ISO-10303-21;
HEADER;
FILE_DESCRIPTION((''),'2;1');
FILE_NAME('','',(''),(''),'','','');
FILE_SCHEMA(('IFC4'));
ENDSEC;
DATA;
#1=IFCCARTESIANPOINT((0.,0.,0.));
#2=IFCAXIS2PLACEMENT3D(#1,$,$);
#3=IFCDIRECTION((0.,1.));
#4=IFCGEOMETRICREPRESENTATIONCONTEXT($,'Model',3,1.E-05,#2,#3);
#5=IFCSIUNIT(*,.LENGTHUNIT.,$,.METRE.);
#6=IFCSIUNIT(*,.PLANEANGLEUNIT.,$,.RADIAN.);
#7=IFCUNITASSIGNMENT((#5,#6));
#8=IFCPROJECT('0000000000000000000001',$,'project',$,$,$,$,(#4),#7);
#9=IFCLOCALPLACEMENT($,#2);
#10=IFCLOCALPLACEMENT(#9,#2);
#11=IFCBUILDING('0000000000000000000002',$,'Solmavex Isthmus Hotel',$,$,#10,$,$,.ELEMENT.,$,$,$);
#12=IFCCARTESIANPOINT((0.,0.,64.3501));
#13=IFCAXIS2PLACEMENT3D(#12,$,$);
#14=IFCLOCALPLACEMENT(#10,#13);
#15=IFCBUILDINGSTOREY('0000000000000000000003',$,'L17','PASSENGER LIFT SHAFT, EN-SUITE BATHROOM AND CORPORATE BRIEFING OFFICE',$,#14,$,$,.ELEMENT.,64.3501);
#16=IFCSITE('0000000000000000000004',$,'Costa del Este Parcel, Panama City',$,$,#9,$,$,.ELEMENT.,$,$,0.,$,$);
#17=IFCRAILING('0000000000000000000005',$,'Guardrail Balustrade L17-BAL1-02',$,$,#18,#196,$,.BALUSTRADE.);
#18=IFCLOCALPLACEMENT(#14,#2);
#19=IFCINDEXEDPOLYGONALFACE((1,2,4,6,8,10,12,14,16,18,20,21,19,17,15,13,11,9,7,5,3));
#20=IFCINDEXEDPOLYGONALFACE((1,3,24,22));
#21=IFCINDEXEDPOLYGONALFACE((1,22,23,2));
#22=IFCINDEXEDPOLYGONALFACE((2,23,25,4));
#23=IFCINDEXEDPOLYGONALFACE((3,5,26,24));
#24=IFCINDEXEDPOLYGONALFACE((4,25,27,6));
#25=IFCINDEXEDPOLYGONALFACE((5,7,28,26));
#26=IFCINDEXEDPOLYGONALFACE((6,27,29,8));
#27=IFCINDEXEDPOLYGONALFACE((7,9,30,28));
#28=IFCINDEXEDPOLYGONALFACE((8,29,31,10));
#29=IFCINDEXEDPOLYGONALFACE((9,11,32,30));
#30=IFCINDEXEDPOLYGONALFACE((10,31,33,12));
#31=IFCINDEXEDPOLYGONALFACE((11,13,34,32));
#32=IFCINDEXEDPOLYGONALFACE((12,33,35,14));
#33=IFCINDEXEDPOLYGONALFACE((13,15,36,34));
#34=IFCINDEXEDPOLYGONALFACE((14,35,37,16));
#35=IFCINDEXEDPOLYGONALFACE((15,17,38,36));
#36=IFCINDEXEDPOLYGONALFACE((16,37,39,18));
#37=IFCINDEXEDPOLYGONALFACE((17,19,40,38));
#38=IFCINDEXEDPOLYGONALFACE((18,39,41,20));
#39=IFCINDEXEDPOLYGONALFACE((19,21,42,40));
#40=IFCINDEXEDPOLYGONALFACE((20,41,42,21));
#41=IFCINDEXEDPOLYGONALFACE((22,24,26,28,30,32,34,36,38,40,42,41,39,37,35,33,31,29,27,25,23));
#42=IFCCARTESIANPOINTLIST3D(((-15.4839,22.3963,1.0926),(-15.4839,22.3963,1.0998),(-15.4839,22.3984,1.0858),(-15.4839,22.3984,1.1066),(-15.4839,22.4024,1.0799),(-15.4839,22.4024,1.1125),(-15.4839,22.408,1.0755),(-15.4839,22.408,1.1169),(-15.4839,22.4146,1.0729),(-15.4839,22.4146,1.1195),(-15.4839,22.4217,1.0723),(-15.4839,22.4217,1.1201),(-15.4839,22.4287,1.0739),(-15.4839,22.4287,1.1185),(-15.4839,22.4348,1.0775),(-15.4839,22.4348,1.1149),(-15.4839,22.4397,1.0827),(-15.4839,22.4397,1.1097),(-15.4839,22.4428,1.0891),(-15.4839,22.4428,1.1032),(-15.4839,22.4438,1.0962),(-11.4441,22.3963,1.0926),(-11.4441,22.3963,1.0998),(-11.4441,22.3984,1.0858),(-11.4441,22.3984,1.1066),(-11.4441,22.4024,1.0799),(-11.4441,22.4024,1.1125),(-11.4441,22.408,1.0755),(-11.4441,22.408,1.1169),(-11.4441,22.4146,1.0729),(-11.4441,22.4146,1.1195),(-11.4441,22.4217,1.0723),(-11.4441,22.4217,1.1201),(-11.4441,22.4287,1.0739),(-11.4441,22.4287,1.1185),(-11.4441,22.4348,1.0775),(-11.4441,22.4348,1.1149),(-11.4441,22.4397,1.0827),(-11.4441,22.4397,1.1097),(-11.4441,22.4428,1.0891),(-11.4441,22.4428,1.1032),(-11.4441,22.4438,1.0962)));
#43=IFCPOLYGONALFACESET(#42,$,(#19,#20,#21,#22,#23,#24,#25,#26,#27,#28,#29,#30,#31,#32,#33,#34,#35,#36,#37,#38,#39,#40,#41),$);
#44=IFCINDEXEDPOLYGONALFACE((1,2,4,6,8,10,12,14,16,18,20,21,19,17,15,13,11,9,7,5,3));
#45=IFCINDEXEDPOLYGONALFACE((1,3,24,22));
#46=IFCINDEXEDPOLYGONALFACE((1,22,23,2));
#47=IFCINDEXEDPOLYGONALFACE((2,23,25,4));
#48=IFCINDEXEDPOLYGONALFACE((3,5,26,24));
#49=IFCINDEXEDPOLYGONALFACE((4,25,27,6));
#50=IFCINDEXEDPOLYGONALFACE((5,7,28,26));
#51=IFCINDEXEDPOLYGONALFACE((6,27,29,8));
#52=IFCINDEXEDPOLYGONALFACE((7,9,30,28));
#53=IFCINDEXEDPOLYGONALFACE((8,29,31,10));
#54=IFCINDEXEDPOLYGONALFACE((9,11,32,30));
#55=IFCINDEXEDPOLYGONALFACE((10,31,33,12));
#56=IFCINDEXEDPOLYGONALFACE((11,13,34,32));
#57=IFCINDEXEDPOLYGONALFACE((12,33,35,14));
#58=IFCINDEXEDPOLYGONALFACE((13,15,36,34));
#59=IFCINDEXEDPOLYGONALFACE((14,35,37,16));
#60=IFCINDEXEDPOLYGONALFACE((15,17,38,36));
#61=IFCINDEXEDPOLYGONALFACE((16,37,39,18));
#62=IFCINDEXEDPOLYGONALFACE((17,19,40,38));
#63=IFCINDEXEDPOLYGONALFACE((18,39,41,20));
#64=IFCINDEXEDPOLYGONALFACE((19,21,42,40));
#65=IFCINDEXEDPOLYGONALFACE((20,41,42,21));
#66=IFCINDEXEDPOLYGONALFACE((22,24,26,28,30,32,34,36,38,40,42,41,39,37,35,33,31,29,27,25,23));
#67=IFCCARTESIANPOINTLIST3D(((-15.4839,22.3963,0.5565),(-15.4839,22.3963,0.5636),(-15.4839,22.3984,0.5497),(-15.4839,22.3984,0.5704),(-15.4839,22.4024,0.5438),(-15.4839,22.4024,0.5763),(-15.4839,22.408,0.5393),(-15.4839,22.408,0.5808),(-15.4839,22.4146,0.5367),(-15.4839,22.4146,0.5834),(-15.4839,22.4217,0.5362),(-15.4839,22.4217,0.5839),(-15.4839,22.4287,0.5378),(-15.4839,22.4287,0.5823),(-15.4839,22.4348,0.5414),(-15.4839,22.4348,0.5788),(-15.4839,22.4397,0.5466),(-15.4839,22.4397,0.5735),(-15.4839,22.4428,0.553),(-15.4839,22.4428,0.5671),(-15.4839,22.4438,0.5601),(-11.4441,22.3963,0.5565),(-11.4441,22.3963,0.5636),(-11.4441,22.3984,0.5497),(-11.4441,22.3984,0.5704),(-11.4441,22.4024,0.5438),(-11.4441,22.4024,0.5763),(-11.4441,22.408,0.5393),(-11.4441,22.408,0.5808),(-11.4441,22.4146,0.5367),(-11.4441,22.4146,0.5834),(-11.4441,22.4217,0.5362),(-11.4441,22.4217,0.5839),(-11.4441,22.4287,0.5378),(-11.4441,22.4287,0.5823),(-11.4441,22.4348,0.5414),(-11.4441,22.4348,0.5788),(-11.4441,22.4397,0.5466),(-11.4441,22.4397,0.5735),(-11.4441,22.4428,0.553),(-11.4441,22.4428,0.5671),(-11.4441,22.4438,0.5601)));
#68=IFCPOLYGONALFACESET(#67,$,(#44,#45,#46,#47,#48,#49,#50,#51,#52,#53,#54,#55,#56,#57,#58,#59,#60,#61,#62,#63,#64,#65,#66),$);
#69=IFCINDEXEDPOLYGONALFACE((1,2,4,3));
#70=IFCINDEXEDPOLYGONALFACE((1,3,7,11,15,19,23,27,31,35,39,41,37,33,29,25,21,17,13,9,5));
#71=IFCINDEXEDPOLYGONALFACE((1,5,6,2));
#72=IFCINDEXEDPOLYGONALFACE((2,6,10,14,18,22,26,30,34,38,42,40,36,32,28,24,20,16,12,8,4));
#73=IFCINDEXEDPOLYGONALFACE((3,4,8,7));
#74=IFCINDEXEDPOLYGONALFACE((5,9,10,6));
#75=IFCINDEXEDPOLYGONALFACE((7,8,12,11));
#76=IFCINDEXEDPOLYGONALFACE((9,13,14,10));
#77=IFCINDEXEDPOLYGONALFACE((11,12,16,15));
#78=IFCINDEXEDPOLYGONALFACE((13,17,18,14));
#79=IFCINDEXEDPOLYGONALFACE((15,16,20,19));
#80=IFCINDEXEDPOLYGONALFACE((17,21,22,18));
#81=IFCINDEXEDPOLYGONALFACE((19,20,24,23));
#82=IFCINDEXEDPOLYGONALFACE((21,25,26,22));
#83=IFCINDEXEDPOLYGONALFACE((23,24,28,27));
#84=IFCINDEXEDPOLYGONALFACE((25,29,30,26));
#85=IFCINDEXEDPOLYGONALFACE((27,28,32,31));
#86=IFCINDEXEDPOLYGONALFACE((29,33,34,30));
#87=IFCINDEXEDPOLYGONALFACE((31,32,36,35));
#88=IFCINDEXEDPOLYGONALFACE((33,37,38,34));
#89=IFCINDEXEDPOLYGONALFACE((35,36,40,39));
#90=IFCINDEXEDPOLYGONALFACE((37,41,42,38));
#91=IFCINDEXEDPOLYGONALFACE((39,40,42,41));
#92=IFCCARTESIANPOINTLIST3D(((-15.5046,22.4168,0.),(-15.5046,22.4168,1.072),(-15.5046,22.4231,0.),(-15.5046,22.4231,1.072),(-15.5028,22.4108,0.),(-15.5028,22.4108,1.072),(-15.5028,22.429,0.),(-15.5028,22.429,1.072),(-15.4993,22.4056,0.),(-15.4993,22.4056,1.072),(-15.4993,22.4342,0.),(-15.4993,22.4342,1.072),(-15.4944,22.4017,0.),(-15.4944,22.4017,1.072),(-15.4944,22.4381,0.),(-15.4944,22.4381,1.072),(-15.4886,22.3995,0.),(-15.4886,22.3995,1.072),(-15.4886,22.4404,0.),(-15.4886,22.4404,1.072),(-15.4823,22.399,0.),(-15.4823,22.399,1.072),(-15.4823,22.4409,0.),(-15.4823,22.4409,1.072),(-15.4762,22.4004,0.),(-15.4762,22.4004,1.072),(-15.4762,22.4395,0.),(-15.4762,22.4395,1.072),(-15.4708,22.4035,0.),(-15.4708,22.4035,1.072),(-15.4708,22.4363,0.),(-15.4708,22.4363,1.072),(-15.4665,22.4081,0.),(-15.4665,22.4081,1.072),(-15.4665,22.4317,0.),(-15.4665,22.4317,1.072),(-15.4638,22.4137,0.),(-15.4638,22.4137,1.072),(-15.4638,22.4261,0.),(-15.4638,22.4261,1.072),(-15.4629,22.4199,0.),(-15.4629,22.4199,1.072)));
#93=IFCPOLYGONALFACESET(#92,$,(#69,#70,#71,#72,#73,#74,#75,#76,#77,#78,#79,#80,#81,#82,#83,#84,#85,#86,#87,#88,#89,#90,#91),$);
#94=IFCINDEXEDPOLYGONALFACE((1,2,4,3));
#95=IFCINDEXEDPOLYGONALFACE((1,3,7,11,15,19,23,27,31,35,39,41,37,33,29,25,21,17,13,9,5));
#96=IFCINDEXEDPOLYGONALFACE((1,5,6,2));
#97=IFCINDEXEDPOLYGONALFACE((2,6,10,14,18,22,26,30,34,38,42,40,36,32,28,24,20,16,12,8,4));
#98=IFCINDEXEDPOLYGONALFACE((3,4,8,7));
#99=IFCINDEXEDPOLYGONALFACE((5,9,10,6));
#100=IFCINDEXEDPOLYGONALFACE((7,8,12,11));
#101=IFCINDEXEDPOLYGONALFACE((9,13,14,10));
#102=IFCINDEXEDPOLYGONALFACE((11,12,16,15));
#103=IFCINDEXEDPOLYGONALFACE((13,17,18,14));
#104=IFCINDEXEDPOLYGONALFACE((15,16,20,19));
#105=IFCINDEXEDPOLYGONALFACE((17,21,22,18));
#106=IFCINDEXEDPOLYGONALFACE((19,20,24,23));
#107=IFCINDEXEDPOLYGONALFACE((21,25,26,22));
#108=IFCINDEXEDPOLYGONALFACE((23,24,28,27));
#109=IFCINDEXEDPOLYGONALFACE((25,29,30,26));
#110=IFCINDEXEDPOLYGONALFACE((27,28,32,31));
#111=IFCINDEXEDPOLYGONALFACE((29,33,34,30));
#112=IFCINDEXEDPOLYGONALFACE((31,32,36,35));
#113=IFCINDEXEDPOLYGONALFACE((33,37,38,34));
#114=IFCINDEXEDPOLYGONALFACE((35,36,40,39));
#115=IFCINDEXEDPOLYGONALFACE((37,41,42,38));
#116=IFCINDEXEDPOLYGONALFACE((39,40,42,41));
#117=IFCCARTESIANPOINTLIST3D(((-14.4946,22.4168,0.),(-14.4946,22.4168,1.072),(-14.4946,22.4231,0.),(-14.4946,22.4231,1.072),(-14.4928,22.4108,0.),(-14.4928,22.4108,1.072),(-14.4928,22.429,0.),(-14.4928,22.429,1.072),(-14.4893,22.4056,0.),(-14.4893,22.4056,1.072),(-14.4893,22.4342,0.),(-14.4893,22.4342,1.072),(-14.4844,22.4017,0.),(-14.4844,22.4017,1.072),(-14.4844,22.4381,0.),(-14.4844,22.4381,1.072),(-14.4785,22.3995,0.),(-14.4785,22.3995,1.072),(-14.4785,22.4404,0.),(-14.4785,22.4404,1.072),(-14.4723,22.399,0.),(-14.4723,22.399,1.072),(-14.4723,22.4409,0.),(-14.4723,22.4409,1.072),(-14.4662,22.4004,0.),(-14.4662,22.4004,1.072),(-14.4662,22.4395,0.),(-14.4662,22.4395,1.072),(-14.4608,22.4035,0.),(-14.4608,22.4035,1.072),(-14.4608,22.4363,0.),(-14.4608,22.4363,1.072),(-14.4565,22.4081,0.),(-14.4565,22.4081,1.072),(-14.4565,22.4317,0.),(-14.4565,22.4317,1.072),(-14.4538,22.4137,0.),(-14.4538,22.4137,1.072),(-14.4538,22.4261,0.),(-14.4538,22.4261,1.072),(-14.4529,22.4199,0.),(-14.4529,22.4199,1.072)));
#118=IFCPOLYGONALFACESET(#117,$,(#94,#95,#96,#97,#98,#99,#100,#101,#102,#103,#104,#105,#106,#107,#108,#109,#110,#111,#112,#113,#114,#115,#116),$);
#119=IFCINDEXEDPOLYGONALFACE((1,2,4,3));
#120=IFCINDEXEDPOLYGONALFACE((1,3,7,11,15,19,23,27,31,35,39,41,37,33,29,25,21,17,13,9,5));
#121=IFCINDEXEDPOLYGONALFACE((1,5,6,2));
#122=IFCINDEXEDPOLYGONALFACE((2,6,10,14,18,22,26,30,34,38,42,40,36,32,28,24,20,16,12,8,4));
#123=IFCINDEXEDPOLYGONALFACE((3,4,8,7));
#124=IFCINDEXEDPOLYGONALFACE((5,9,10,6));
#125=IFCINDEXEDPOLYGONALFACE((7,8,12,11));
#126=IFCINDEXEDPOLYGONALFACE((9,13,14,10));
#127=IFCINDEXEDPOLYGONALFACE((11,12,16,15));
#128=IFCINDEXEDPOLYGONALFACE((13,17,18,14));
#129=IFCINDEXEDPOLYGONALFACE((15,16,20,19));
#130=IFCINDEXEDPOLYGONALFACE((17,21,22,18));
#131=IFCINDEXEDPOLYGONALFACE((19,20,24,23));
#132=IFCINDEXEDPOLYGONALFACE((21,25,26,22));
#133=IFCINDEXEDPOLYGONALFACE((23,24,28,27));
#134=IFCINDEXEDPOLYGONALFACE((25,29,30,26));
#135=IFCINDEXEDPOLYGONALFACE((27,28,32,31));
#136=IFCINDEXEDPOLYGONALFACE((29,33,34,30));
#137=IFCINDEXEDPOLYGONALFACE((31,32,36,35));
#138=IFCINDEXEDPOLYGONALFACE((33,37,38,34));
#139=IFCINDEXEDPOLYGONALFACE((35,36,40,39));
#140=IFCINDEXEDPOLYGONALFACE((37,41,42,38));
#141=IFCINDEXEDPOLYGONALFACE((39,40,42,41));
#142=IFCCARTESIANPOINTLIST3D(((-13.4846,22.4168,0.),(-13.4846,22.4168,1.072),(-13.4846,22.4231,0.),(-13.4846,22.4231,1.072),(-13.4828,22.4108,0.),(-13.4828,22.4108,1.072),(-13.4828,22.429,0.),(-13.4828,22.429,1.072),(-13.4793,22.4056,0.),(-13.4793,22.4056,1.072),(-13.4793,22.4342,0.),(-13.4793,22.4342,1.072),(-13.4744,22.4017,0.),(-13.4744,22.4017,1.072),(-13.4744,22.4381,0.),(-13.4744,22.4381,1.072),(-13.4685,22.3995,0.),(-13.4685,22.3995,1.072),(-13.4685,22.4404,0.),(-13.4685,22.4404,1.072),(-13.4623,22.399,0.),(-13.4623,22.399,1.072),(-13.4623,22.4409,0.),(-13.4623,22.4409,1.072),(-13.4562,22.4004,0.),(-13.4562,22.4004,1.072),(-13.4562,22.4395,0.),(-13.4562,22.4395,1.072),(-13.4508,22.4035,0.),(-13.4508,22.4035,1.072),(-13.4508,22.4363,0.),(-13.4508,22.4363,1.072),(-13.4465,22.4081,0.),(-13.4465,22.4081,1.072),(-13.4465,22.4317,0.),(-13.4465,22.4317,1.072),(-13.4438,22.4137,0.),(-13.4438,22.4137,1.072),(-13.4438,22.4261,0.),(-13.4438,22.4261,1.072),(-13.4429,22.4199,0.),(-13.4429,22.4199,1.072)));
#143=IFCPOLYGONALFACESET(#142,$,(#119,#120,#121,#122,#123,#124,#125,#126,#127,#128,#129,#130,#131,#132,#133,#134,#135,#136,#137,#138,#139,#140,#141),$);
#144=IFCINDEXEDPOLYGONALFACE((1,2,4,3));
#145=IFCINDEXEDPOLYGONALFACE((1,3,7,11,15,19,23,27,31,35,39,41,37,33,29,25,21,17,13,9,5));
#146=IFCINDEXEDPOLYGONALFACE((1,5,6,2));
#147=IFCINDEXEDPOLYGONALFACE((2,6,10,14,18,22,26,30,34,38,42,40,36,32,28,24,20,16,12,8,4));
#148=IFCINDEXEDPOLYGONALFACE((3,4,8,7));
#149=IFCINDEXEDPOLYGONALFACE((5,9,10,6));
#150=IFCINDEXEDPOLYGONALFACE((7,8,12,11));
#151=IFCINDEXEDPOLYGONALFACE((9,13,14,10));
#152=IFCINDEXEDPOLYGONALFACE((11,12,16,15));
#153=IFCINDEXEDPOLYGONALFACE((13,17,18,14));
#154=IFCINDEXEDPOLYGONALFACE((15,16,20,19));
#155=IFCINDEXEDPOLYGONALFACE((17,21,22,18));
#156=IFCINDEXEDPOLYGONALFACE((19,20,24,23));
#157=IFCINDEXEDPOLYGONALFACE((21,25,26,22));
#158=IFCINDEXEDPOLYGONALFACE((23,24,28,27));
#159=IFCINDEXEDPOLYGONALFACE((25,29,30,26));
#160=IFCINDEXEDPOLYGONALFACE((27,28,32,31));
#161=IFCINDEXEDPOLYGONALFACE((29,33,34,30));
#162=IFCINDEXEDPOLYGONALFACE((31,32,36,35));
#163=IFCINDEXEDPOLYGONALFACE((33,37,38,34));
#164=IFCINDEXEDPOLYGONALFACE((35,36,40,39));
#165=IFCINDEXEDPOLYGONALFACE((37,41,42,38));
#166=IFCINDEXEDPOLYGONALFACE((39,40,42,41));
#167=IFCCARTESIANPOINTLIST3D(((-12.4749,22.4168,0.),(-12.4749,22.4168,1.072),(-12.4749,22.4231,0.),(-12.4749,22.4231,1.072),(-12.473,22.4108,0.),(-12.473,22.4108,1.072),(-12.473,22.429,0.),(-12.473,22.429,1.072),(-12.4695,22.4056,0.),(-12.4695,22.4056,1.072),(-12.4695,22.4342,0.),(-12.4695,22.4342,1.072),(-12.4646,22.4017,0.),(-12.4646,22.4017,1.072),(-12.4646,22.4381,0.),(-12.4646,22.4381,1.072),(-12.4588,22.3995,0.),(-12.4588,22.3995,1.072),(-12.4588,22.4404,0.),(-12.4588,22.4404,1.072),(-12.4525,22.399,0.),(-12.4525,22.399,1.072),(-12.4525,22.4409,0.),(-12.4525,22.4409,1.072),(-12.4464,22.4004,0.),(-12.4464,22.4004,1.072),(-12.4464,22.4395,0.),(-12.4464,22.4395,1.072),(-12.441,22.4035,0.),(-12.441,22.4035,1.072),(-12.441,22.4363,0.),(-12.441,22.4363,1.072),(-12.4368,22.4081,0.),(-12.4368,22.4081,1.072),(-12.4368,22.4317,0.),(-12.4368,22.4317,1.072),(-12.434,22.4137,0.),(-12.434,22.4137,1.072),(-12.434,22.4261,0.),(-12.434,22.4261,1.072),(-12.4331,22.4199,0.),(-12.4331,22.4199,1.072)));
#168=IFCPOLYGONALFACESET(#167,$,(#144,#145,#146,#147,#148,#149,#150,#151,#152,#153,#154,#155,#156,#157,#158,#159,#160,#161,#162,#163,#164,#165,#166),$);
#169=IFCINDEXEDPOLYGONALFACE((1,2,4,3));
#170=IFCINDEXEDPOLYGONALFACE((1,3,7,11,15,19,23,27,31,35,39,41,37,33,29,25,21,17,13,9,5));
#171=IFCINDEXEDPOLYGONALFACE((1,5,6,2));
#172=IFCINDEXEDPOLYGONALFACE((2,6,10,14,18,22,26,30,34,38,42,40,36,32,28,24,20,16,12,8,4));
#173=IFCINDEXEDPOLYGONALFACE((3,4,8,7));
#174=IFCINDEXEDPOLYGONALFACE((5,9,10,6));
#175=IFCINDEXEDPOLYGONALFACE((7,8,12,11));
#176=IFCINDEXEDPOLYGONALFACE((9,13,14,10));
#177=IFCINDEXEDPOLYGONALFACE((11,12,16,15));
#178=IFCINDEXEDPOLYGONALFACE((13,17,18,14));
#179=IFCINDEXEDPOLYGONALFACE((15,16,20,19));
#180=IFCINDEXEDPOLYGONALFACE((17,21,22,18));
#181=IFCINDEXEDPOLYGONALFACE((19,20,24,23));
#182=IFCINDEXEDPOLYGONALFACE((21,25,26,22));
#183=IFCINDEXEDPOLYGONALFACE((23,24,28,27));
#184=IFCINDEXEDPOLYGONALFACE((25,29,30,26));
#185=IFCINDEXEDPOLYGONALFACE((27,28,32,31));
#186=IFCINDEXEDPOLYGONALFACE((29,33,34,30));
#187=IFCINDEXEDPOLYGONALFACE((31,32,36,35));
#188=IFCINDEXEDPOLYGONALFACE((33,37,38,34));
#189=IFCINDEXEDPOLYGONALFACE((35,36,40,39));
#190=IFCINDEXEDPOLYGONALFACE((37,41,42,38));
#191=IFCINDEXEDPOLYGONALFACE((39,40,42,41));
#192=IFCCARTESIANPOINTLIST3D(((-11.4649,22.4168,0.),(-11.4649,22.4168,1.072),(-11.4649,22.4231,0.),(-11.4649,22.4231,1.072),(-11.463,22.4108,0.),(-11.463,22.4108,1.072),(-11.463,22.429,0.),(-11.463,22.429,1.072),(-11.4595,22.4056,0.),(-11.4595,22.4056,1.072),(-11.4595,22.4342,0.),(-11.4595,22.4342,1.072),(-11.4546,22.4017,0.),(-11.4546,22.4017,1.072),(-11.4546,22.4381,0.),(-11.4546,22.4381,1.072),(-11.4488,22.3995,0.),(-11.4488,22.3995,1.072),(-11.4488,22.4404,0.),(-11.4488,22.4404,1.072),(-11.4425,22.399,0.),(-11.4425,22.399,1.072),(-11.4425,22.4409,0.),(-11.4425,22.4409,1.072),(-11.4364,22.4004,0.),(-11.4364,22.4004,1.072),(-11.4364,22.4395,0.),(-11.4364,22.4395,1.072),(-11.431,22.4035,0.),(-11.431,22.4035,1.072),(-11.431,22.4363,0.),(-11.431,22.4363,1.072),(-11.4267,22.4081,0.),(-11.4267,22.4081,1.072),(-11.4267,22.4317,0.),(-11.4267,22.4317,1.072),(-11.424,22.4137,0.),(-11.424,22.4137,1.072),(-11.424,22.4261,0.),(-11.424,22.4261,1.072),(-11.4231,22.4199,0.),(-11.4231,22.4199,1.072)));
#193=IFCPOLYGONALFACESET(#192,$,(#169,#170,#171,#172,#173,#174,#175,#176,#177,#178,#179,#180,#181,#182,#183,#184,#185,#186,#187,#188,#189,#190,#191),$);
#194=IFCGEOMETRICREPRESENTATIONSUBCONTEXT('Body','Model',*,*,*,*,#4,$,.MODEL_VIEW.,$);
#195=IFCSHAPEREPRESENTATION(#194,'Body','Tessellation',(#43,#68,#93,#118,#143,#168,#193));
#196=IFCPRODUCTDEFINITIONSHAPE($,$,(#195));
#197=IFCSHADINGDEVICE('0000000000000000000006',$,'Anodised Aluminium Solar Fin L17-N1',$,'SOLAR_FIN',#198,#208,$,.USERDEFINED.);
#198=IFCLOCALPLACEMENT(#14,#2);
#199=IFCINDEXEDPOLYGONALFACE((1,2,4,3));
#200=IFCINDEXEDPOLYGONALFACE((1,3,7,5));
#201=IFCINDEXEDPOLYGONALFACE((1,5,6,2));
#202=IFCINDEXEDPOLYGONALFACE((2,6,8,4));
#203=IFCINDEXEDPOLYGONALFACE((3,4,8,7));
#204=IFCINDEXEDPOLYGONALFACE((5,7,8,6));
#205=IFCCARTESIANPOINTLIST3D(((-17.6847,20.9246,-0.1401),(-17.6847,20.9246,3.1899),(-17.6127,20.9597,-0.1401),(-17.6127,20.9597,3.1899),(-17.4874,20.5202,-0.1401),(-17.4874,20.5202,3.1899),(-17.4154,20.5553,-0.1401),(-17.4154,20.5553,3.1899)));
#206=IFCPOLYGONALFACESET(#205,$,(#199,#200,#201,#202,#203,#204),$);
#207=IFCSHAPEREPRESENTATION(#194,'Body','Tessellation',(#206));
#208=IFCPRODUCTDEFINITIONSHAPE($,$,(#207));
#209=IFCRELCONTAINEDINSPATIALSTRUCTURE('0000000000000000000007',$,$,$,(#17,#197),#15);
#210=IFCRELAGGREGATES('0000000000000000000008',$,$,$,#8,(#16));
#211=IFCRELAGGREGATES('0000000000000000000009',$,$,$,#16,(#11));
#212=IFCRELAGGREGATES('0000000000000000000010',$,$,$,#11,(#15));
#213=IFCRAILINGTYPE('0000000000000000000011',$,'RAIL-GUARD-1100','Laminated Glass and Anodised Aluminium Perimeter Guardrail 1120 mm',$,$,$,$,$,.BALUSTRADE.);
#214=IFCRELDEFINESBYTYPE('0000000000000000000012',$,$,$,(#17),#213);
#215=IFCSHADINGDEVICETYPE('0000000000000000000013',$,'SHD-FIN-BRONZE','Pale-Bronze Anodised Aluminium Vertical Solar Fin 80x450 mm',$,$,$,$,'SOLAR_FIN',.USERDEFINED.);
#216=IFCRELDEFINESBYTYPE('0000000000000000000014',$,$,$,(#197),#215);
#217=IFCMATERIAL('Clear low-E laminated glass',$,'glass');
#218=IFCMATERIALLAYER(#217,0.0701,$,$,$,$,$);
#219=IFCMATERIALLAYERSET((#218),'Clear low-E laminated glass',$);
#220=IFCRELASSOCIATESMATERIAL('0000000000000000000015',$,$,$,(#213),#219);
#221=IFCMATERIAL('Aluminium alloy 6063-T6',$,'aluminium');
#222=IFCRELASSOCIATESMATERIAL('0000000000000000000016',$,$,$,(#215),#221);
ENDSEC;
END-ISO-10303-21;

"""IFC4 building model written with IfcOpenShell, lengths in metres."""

from ifc_helpers import new_model, si_unit, direction, frame, origin, origin_2d, place, context, subcontext, project, spatial, rectangle, circle, extrude, material, layer, layer_set, type_object, element, save


model = new_model("IFC4")

# Units and contexts
model_context = context("Model", 3, precision=1e-05, world=origin(), true_north=direction((0.0, 1.0)))
body_context = subcontext(model_context, "Body", "Model", "MODEL_VIEW")
ifc_project = project(units=[si_unit("LENGTHUNIT", "METRE"), si_unit("PLANEANGLEUNIT", "RADIAN")], contexts=[model_context])

# Site, building, storey
site_placement = place(None, origin())
site = spatial("IfcSite", under=ifc_project, at=site_placement, Name="Costa del Este Parcel, Panama City", CompositionType="ELEMENT", RefElevation=0.0)
building_placement = place(site_placement, origin())
building = spatial("IfcBuilding", under=site, at=building_placement, Name="Solmavex Isthmus Hotel", CompositionType="ELEMENT")
storey_placement = place(building_placement, frame((0.0, 0.0, 64.3501)))
storey = spatial("IfcBuildingStorey", under=building, at=storey_placement, Name="L17", Description="PASSENGER LIFT SHAFT, EN-SUITE BATHROOM AND CORPORATE BRIEFING OFFICE", CompositionType="ELEMENT", Elevation=64.3501)

# Shared definitions
ifc_material_1 = material(Name="Aluminium alloy 6063-T6", Category="aluminium")

# Shared definitions
ifc_material_2 = material(Name="Clear low-E laminated glass", Category="glass")

# Railing
ifc_layer_1 = layer(ifc_material_2, 0.0701)
ifc_layer_set_1 = layer_set([ifc_layer_1], Name="Clear low-E laminated glass")
railing_type = type_object("IfcRailingType", Name="RAIL-GUARD-1100", Description="Laminated Glass and Anodised Aluminium Perimeter Guardrail 1120 mm", PredefinedType="BALUSTRADE", material=ifc_layer_set_1)
railing_1_placement = place(storey_placement, frame((-15.4839, 22.4199, 0.0)))
element("IfcRailing", 1, at=railing_1_placement, inside=storey, type_object=railing_type, Name="Guardrail Balustrade L17-BAL1-02", PredefinedType="BALUSTRADE", context=body_context, shape_type="SweptSolid", body=[
    extrude(circle(Radius=0.0239, at=origin_2d()), frame((0.0, 0.0, 1.0962), z_axis=(1.0, 0.0, 0.0), x_axis=(0.0, 1.0, 0.0)), (0.0, 0.0, 1.0), 4.0398),
    extrude(circle(Radius=0.0239, at=origin_2d()), frame((0.0, 0.0, 0.5601), z_axis=(1.0, 0.0, 0.0), x_axis=(0.0, 1.0, 0.0)), (0.0, 0.0, 1.0), 4.0398),
    extrude(circle(Radius=0.021, at=origin_2d()), origin(), (0.0, 0.0, 1.0), 1.072),
    extrude(circle(Radius=0.021, at=origin_2d()), frame((1.01, 0.0, 0.0)), (0.0, 0.0, 1.0), 1.072),
    extrude(circle(Radius=0.021, at=origin_2d()), frame((2.02, 0.0, 0.0)), (0.0, 0.0, 1.0), 1.072),
    extrude(circle(Radius=0.021, at=origin_2d()), frame((3.0298, 0.0, 0.0)), (0.0, 0.0, 1.0), 1.072),
    extrude(circle(Radius=0.021, at=origin_2d()), frame((4.0398, 0.0, 0.0)), (0.0, 0.0, 1.0), 1.072),
])

# Shading device
shading_device_type = type_object("IfcShadingDeviceType", Name="SHD-FIN-BRONZE", Description="Pale-Bronze Anodised Aluminium Vertical Solar Fin 80x450 mm", ElementType="SOLAR_FIN", PredefinedType="USERDEFINED", material=ifc_material_1)
shading_device_placement = place(storey_placement, frame((-17.55, 20.74, -0.1401), z_axis=(0.0, 0.0, 1.0), x_axis=(-0.438371, 0.898794, 0.0)))
element("IfcShadingDevice", 2, at=shading_device_placement, inside=storey, type_object=shading_device_type, Name="Anodised Aluminium Solar Fin L17-N1", ObjectType="SOLAR_FIN", PredefinedType="USERDEFINED", context=body_context, shape_type="SweptSolid", body=[
    extrude(rectangle(XDim=0.45, YDim=0.0801, at=origin_2d()), origin(), (0.0, 0.0, 1.0), 3.3301),
])

save(model, "model.ifc")
